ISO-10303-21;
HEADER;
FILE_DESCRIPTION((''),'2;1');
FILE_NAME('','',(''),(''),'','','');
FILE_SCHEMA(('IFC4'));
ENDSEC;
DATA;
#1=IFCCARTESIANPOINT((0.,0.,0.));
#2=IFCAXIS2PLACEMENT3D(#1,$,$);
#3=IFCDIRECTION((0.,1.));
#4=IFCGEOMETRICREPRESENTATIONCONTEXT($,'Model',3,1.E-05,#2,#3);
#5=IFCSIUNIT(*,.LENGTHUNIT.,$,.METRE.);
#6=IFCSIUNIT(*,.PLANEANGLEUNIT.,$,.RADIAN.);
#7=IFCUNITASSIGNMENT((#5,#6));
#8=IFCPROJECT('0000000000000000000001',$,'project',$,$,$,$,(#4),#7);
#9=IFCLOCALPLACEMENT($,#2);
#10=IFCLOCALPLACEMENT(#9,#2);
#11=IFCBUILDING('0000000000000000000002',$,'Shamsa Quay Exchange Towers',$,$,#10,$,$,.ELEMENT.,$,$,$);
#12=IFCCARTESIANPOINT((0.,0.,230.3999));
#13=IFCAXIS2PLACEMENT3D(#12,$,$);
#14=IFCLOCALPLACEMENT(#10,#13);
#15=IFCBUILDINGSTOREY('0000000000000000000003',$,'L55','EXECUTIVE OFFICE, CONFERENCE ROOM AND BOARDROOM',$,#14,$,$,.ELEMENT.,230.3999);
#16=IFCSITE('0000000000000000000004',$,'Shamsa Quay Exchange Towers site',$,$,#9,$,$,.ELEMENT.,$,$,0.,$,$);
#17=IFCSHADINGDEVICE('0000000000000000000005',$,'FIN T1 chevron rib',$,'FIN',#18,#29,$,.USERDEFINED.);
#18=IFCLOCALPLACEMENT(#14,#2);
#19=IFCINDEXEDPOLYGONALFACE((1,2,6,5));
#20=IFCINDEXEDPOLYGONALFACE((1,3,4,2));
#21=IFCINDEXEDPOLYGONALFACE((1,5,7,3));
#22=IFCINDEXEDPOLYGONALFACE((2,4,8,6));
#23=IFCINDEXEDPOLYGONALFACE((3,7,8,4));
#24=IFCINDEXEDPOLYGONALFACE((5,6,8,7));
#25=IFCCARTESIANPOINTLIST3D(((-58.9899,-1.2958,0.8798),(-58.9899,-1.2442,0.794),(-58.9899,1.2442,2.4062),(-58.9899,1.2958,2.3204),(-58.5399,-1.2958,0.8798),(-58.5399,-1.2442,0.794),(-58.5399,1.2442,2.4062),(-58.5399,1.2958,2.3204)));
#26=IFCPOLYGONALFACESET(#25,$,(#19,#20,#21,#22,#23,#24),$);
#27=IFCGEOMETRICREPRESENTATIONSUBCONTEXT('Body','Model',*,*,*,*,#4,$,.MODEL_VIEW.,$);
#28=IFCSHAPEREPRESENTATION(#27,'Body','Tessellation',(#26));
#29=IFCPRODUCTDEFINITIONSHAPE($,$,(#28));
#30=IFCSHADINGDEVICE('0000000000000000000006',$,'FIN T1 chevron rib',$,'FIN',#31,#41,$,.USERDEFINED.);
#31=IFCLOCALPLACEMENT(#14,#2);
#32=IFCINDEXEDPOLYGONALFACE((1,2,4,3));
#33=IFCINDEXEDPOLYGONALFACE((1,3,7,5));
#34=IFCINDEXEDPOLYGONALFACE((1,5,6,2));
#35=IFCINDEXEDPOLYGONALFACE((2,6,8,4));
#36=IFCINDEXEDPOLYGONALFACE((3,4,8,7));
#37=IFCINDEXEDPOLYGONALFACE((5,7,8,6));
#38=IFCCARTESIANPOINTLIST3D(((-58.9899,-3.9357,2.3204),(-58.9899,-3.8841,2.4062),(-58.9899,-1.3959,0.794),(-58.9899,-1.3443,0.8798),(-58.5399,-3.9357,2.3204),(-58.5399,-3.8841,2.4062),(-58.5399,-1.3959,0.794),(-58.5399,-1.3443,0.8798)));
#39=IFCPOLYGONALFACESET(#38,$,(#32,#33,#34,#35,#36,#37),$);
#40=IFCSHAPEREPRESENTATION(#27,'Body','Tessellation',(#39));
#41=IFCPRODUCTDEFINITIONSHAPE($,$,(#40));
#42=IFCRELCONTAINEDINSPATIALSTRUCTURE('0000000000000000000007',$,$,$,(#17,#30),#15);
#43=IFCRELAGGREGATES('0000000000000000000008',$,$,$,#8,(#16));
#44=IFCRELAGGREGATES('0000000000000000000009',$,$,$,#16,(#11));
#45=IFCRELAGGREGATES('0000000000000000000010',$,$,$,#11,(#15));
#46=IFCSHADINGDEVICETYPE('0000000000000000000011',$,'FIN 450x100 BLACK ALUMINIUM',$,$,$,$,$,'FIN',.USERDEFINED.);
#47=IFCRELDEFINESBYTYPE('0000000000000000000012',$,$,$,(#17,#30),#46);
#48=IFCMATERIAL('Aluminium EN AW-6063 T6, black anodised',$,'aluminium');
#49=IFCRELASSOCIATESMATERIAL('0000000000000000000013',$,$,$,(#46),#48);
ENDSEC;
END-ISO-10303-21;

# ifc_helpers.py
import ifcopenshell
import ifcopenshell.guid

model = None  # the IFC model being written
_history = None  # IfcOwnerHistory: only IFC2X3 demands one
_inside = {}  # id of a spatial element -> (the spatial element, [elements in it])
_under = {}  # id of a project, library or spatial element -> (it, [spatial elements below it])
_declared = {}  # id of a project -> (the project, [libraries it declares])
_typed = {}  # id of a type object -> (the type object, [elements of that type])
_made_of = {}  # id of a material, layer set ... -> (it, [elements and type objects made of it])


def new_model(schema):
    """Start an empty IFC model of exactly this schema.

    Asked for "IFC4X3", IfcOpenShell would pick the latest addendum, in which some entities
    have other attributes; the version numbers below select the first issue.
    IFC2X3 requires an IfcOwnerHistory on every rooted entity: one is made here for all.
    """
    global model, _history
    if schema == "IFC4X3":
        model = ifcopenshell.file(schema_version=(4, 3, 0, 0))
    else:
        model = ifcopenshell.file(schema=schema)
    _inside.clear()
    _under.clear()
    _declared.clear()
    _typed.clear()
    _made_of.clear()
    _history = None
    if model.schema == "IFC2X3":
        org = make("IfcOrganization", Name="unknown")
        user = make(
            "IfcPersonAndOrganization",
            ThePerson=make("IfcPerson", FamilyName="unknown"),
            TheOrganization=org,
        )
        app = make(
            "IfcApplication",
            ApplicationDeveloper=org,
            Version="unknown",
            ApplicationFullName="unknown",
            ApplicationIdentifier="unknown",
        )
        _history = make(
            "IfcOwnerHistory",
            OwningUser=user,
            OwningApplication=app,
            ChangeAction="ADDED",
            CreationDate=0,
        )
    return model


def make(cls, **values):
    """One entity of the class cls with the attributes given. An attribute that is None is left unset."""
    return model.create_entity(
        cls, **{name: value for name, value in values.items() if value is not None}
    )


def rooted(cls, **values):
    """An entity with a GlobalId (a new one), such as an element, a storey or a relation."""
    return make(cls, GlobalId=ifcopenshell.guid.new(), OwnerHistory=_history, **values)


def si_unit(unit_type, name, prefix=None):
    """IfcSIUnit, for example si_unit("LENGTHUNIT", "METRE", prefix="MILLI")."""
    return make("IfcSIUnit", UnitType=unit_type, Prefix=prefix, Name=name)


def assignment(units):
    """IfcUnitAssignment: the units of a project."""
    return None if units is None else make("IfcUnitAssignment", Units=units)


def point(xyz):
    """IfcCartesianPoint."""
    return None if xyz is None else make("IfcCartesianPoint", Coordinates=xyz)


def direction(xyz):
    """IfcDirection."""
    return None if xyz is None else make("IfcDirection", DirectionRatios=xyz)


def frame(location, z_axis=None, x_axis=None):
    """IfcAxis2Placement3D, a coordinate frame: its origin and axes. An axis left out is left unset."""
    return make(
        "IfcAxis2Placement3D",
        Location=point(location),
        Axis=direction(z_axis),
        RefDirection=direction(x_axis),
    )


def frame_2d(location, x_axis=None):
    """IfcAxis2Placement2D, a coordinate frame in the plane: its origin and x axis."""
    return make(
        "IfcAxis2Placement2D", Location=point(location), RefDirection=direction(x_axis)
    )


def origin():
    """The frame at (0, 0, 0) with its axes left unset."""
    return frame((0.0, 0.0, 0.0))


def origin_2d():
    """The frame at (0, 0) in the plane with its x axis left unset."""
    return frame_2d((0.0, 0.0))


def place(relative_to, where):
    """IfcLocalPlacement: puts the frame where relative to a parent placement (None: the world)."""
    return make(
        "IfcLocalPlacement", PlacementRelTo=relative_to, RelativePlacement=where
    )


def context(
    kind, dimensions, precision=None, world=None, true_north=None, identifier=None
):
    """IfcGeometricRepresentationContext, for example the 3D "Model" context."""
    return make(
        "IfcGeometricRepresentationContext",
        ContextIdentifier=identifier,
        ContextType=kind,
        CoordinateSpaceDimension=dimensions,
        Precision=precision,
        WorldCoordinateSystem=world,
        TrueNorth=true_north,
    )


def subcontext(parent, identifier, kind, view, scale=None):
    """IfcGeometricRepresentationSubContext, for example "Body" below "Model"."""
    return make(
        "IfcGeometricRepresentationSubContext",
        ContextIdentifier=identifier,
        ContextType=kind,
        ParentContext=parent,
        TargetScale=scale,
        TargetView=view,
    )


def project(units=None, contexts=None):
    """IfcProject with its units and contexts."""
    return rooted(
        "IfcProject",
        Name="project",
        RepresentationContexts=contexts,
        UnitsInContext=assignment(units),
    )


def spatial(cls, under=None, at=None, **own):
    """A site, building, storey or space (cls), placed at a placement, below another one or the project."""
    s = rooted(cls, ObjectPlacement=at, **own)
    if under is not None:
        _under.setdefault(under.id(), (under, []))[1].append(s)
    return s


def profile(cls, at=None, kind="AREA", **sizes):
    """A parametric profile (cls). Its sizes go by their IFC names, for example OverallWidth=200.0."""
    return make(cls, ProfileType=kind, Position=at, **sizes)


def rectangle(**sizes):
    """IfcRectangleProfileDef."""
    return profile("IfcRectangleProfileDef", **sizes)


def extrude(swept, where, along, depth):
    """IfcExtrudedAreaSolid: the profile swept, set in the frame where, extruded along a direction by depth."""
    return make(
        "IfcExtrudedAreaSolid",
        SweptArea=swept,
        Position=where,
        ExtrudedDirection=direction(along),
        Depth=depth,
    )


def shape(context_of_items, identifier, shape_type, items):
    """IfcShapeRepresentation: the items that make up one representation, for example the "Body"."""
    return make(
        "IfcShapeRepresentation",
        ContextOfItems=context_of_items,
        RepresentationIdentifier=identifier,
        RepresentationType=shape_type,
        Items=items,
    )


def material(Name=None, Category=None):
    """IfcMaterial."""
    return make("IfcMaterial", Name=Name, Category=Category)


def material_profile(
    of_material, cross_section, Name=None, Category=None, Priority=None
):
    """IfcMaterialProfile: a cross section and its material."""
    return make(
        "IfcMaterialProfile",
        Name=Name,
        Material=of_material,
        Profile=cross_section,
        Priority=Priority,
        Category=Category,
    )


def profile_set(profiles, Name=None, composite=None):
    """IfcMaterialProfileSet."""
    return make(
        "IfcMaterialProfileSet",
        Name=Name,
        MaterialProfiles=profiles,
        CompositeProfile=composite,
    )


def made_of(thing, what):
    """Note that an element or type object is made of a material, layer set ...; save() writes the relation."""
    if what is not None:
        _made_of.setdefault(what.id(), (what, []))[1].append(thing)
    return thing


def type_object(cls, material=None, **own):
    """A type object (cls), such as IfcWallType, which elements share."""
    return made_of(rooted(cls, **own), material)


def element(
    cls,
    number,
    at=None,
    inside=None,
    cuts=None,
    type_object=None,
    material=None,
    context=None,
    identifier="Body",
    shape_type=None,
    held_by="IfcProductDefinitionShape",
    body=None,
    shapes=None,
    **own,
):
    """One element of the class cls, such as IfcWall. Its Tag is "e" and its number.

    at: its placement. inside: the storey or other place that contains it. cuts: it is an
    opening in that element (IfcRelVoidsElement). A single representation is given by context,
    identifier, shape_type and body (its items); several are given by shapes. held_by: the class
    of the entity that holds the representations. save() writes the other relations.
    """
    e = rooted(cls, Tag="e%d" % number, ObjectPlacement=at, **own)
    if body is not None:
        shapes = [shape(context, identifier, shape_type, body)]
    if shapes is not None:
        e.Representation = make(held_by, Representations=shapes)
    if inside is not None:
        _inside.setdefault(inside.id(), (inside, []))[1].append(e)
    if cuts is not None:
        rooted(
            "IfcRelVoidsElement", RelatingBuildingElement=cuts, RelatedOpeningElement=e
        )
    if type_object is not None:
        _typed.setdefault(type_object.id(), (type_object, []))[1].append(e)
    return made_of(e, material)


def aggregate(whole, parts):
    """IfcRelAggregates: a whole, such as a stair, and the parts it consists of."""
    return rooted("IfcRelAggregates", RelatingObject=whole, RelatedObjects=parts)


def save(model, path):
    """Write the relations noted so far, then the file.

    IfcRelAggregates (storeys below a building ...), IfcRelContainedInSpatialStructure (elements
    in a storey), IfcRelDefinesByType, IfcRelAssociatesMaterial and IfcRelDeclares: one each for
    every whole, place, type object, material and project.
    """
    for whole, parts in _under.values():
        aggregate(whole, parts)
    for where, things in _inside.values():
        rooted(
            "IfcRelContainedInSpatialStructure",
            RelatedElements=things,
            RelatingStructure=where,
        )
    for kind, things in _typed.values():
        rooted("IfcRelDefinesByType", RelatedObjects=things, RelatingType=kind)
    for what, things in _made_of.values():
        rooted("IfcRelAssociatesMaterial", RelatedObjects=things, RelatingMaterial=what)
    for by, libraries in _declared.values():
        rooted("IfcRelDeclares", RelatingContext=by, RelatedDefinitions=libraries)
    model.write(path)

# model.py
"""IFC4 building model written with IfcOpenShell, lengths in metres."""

from ifc_helpers import new_model, si_unit, direction, frame, origin, origin_2d, place, context, subcontext, project, spatial, rectangle, extrude, material, material_profile, profile_set, type_object, element, save


model = new_model("IFC4")

# Units and contexts
model_context = context("Model", 3, precision=1e-05, world=origin(), true_north=direction((0.0, 1.0)))
body_context = subcontext(model_context, "Body", "Model", "MODEL_VIEW")
ifc_project = project(units=[si_unit("LENGTHUNIT", "METRE"), si_unit("PLANEANGLEUNIT", "RADIAN")], contexts=[model_context])

# Site, building, storey
site_placement = place(None, origin())
site = spatial("IfcSite", under=ifc_project, at=site_placement, Name="Shamsa Quay Exchange Towers site", CompositionType="ELEMENT", RefElevation=0.0)
building_placement = place(site_placement, origin())
building = spatial("IfcBuilding", under=site, at=building_placement, Name="Shamsa Quay Exchange Towers", CompositionType="ELEMENT")
storey_placement = place(building_placement, frame((0.0, 0.0, 230.3999)))
storey = spatial("IfcBuildingStorey", under=building, at=storey_placement, Name="L55", Description="EXECUTIVE OFFICE, CONFERENCE ROOM AND BOARDROOM", CompositionType="ELEMENT", Elevation=230.3999)

# Shared definitions
ifc_material_1 = material(Name="Aluminium EN AW-6063 T6, black anodised", Category="aluminium")

# Shading devices
ifc_material_profile_1 = material_profile(ifc_material_1, rectangle(XDim=0.45, YDim=0.1001, at=origin_2d()), Name="FIN450x100")
ifc_profile_set_1 = profile_set([ifc_material_profile_1], Name="Aluminium EN AW-6063 T6, black anodised")
shading_device_type = type_object("IfcShadingDeviceType", Name="FIN 450x100 BLACK ALUMINIUM", ElementType="FIN", PredefinedType="USERDEFINED", material=ifc_profile_set_1)
shading_device_1_placement = place(storey_placement, frame((-58.7649, 1.27, 2.3633), z_axis=(0.0, -0.857144, -0.515077), x_axis=(1.0, 0.0, 0.0)))
element("IfcShadingDevice", 1, at=shading_device_1_placement, inside=storey, type_object=shading_device_type, Name="FIN T1 chevron rib", ObjectType="FIN", PredefinedType="USERDEFINED", context=body_context, shape_type="SweptSolid", body=[
    extrude(rectangle(XDim=0.45, YDim=0.1001, at=origin_2d()), origin(), (0.0, 0.0, 1.0), 2.9634),
])
shading_device_2_placement = place(storey_placement, frame((-58.7649, -1.3701, 0.8369), z_axis=(0.0, -0.857122, 0.515114), x_axis=(1.0, 0.0, 0.0)))
element("IfcShadingDevice", 2, at=shading_device_2_placement, inside=storey, type_object=shading_device_type, Name="FIN T1 chevron rib", ObjectType="FIN", PredefinedType="USERDEFINED", context=body_context, shape_type="SweptSolid", body=[
    extrude(rectangle(XDim=0.45, YDim=0.1001, at=origin_2d()), origin(), (0.0, 0.0, 1.0), 2.9631),
])

save(model, "model.ifc")
